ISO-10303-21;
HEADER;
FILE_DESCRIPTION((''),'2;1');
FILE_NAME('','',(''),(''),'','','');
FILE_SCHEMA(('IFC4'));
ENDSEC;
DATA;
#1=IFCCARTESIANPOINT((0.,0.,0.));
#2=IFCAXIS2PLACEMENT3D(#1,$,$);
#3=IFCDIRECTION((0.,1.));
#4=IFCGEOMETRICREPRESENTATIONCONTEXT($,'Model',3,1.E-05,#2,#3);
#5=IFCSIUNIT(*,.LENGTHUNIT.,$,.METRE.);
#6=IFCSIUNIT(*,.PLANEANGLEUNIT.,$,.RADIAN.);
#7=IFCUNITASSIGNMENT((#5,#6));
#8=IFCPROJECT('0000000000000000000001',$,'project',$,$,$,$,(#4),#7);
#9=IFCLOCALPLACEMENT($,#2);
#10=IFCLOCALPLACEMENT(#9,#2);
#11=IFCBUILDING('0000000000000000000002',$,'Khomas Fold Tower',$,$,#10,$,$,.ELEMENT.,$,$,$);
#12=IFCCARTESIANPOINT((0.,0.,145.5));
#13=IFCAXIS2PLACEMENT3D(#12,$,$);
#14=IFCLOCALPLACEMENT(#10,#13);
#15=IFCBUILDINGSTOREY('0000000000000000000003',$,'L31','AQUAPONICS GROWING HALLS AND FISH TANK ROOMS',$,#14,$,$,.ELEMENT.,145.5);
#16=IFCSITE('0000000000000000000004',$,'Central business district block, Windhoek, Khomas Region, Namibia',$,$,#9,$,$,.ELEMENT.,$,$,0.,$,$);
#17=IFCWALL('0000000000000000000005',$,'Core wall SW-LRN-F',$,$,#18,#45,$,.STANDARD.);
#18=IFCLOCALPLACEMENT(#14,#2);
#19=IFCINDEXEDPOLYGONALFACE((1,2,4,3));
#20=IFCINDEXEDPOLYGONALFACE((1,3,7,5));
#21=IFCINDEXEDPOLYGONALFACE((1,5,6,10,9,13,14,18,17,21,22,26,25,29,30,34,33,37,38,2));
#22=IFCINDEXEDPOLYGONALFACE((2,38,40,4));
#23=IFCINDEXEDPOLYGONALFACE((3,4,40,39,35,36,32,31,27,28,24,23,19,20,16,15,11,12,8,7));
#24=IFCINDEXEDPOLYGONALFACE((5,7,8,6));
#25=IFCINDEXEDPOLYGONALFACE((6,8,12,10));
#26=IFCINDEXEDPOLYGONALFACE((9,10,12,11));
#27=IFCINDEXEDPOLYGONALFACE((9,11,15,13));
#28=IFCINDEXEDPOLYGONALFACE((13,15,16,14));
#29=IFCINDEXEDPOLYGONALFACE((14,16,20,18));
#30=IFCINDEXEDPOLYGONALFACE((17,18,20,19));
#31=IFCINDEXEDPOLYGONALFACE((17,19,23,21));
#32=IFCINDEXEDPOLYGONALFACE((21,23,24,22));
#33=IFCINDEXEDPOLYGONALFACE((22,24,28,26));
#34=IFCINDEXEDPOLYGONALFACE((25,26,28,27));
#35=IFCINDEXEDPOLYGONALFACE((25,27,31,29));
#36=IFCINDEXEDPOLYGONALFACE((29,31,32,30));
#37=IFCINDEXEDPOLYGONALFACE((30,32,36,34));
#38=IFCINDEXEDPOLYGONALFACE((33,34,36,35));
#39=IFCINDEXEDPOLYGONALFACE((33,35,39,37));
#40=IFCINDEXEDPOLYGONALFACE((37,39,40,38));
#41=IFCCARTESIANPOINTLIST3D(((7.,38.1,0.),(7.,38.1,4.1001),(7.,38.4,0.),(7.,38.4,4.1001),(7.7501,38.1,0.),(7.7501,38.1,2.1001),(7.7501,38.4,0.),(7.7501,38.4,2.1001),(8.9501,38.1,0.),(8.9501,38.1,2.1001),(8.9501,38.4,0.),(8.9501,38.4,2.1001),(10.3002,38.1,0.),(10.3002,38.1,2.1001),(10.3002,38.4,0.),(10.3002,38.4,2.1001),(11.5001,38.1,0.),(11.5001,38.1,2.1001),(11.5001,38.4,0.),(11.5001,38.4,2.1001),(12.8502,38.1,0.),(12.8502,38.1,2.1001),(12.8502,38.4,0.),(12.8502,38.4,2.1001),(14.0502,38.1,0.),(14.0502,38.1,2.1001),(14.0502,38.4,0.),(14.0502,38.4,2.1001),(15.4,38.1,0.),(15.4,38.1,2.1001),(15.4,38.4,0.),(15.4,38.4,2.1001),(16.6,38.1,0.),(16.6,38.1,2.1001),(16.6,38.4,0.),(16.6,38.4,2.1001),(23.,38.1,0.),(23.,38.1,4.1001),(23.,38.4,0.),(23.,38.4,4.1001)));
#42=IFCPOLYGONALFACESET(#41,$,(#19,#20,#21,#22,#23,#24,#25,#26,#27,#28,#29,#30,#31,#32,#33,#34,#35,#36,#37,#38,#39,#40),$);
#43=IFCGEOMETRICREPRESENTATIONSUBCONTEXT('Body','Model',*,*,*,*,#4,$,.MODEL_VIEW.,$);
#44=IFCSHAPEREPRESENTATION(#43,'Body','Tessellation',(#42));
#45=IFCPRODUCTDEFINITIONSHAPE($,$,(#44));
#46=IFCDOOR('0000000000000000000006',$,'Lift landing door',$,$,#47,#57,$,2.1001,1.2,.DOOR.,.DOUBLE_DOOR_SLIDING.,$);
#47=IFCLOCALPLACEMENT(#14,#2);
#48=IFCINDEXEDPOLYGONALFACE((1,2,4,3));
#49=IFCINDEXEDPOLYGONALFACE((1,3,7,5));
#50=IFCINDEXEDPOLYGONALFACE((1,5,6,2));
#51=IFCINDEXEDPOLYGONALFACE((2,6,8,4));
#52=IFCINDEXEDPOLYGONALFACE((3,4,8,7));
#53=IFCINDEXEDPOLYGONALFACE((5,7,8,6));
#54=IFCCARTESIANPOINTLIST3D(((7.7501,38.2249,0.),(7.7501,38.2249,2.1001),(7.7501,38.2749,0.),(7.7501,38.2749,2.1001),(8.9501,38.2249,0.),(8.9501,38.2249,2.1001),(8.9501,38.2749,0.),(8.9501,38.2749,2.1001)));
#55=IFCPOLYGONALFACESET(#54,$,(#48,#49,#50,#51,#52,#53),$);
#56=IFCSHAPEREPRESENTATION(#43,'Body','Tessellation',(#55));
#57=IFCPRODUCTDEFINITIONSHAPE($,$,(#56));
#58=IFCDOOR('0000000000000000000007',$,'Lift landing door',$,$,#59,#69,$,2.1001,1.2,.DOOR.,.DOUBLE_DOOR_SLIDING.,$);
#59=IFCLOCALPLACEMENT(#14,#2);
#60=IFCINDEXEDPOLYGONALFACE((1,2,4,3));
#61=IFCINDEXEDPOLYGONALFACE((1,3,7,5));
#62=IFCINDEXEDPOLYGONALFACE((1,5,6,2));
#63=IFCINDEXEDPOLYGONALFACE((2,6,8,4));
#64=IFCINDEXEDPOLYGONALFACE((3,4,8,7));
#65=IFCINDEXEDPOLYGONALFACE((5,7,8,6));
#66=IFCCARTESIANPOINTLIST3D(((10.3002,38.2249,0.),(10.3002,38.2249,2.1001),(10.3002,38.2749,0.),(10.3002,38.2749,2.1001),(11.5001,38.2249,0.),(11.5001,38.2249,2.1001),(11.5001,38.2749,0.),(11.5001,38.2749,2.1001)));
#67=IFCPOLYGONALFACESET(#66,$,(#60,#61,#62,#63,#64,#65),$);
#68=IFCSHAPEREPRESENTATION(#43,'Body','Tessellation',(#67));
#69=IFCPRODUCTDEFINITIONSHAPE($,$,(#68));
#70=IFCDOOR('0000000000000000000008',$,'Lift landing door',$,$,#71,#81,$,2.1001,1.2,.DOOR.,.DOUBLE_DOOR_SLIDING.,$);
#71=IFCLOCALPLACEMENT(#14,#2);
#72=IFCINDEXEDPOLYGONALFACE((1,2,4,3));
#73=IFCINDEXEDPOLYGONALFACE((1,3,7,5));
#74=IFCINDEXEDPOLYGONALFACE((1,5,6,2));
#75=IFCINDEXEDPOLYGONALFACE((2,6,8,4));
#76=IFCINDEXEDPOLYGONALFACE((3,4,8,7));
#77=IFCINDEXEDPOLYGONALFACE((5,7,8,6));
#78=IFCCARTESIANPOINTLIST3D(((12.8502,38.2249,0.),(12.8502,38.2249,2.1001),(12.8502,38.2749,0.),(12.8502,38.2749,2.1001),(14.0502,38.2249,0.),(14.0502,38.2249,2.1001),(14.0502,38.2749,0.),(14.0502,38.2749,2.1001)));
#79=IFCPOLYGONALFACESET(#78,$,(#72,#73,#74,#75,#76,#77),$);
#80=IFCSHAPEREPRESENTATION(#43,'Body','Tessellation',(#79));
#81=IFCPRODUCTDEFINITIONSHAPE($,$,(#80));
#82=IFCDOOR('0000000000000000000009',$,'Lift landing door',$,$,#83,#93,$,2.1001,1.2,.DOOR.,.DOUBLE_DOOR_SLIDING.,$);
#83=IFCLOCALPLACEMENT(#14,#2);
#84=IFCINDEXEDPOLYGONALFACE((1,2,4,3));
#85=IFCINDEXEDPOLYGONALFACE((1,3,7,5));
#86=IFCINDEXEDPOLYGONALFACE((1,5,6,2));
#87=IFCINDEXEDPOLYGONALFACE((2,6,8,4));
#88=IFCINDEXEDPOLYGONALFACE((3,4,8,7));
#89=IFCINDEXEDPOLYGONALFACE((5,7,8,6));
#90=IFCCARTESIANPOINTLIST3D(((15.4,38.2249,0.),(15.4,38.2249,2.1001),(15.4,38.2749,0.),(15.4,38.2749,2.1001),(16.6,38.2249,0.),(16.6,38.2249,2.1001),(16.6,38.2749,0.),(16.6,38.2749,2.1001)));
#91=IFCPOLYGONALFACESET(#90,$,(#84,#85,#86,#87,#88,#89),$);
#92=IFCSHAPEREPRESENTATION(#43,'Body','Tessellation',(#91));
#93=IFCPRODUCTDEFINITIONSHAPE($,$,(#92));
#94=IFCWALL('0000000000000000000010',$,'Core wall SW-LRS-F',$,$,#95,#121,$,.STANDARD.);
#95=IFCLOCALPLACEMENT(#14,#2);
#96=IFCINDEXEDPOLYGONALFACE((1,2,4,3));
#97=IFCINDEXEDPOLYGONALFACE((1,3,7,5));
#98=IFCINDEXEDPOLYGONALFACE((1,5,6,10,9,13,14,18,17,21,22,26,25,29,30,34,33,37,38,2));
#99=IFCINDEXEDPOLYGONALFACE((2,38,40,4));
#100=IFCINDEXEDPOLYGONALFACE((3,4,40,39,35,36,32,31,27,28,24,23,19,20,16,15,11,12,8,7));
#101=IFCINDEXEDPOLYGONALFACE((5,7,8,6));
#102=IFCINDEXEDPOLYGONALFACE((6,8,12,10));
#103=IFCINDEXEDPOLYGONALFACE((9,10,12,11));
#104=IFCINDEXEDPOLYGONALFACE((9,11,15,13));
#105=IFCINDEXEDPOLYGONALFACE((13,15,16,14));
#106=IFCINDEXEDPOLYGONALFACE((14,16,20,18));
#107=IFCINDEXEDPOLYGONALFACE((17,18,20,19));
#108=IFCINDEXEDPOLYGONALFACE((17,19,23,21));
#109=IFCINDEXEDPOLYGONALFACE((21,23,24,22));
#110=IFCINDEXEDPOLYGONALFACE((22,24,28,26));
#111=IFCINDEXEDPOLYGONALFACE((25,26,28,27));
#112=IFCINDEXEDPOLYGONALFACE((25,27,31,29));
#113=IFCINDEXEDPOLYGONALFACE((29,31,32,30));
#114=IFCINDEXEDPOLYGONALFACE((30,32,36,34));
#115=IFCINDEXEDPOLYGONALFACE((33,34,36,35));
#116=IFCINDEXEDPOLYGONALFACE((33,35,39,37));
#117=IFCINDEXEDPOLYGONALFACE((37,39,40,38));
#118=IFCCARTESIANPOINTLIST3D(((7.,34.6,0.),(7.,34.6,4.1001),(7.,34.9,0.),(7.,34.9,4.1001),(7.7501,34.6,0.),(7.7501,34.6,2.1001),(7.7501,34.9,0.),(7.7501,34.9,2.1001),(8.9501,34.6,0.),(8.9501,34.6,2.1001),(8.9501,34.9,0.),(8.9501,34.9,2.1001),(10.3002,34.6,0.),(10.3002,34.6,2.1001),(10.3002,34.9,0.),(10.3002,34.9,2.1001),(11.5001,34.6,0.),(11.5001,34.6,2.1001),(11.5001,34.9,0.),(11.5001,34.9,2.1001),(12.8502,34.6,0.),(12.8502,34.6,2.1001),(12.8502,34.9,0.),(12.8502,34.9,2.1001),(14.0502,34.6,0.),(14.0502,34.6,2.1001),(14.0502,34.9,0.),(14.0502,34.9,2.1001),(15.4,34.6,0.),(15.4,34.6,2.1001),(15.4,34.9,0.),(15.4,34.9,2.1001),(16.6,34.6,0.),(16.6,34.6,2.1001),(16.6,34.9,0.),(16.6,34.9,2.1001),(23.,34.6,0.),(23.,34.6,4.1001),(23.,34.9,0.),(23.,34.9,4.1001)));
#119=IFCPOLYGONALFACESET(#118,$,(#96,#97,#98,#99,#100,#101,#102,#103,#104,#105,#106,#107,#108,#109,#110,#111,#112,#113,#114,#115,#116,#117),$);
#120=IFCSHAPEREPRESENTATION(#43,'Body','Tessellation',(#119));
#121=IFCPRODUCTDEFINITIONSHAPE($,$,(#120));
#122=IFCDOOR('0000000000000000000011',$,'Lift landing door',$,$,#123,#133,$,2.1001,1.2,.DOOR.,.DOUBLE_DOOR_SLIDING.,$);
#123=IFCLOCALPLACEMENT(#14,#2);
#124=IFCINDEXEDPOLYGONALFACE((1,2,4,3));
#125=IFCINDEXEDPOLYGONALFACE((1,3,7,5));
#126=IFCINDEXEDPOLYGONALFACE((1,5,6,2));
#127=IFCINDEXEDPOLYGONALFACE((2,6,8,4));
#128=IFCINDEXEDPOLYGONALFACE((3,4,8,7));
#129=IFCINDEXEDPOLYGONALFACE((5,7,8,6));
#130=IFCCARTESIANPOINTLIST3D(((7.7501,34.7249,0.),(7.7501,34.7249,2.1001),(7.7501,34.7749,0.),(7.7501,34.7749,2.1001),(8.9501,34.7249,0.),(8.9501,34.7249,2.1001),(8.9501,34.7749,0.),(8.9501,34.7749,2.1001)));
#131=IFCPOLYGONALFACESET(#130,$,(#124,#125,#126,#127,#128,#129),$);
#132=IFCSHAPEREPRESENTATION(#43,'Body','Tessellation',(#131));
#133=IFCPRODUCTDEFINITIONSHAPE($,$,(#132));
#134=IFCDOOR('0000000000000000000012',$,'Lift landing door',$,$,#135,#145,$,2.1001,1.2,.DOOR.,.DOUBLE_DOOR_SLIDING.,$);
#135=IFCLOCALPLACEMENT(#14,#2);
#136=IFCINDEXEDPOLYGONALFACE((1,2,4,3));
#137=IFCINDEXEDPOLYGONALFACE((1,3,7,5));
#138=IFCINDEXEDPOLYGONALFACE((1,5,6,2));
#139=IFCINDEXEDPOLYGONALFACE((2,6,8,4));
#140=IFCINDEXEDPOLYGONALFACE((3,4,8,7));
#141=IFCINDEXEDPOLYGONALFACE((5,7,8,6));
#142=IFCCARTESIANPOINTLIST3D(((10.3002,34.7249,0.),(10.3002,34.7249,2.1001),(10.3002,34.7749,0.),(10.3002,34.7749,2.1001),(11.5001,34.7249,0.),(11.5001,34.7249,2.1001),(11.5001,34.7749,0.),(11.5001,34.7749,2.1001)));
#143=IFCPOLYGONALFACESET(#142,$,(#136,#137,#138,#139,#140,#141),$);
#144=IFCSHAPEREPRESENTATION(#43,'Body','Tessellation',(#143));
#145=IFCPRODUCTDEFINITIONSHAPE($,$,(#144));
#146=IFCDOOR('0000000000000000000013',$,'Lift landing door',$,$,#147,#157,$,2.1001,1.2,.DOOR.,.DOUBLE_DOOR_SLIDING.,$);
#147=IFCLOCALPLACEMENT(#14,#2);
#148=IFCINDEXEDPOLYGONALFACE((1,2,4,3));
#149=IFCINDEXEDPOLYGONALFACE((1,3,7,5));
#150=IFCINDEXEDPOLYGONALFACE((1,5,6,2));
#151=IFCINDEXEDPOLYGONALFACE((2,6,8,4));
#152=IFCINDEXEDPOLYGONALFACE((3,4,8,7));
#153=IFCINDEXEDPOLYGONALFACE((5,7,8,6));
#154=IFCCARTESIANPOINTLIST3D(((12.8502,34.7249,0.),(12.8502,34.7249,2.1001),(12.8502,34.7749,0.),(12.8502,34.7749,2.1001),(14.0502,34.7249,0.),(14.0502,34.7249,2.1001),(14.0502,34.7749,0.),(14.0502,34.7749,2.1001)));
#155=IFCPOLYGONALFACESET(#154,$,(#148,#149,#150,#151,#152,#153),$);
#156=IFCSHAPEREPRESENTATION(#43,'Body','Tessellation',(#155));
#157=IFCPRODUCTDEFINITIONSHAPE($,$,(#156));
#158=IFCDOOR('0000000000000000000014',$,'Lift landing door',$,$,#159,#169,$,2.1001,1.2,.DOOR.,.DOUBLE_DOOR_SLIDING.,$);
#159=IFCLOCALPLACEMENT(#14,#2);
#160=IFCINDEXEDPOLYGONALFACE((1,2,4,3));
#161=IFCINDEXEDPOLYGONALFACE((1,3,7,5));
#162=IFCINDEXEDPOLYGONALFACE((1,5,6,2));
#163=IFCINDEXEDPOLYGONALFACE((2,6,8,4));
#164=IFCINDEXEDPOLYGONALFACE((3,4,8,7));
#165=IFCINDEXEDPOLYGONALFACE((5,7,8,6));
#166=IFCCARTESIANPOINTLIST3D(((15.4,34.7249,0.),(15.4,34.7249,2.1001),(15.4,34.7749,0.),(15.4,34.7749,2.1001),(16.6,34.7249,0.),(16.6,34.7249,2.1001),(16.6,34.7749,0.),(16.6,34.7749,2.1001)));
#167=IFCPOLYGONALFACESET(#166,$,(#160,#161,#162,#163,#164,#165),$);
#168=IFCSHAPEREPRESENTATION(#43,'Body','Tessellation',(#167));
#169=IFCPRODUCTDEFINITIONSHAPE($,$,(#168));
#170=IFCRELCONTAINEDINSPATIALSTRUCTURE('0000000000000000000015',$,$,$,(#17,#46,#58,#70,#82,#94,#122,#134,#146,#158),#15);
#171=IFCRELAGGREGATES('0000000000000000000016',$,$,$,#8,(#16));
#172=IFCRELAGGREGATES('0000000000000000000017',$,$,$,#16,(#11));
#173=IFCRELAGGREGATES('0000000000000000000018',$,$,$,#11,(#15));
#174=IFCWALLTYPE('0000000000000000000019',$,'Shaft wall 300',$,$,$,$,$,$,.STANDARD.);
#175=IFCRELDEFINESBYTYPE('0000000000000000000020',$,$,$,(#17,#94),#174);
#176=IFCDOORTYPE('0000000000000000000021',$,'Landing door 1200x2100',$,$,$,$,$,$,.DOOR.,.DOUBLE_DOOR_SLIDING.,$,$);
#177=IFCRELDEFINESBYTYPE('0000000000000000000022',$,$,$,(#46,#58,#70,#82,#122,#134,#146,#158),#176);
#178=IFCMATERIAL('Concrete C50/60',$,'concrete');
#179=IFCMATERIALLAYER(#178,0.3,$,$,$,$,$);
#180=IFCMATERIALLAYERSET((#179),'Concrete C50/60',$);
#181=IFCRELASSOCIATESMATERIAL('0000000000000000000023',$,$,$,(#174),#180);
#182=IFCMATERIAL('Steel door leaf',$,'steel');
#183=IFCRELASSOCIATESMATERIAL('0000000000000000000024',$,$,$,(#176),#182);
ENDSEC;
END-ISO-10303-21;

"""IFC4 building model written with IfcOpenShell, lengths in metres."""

from ifc_helpers import new_model, si_unit, direction, frame, frame_2d, origin, place, context, subcontext, project, spatial, rectangle, extrude, source, transform, mapped, material, layer, layer_set, type_object, element, fill, save


model = new_model("IFC4")

# Units and contexts
model_context = context("Model", 3, precision=1e-05, world=origin(), true_north=direction((0.0, 1.0)))
body_context = subcontext(model_context, "Body", "Model", "MODEL_VIEW")
ifc_project = project(units=[si_unit("LENGTHUNIT", "METRE"), si_unit("PLANEANGLEUNIT", "RADIAN")], contexts=[model_context])

# Site, building, storey
site_placement = place(None, origin())
site = spatial("IfcSite", under=ifc_project, at=site_placement, Name="Central business district block, Windhoek, Khomas Region, Namibia", CompositionType="ELEMENT", RefElevation=0.0)
building_placement = place(site_placement, origin())
building = spatial("IfcBuilding", under=site, at=building_placement, Name="Khomas Fold Tower", CompositionType="ELEMENT")
storey_placement = place(building_placement, frame((0.0, 0.0, 145.5)))
storey = spatial("IfcBuildingStorey", under=building, at=storey_placement, Name="L31", Description="AQUAPONICS GROWING HALLS AND FISH TANK ROOMS", CompositionType="ELEMENT", Elevation=145.5)

# Shared definitions
ifc_material_1 = material(Name="Concrete C50/60", Category="concrete")
ifc_layer_1 = layer(ifc_material_1, 0.3)
ifc_layer_set_1 = layer_set([ifc_layer_1], Name="Concrete C50/60")
wall_type_1 = type_object("IfcWallType", Name="Shaft wall 300", PredefinedType="STANDARD", material=ifc_layer_set_1)
shared_shape_1 = source(origin(), body_context, "Body", "SweptSolid", [
    extrude(rectangle(XDim=16.0, YDim=0.3, at=frame_2d((8.0, 0.0))), origin(), (0.0, 0.0, 1.0), 4.1001),
])

# Walls, openings, doors
wall_1_placement = place(storey_placement, frame((7.0, 38.25, 0.0), z_axis=(0.0, 0.0, 1.0), x_axis=(1.0, 0.0, 0.0)))
wall_1 = element("IfcWall", 1, at=wall_1_placement, inside=storey, type_object=wall_type_1, Name="Core wall SW-LRN-F", PredefinedType="STANDARD", context=body_context, shape_type="MappedRepresentation", body=[
    mapped(shared_shape_1, transform((0.0, 0.0, 0.0))),
])
shared_shape_2 = source(origin(), body_context, "Body", "SweptSolid", [
    extrude(rectangle(XDim=1.2, YDim=2.1001, at=frame_2d((0.6001, 1.05))), frame((0.0, 0.1599, 0.0), z_axis=(0.0, -1.0, 0.0), x_axis=(1.0, 0.0, 0.0)), (0.0, 0.0, 1.0), 0.3201),
])
opening_1_placement = place(wall_1_placement, frame((0.75, 0.0, 0.0)))
opening_1 = element("IfcOpeningElement", 2, at=opening_1_placement, cuts=wall_1, PredefinedType="OPENING", context=body_context, shape_type="MappedRepresentation", body=[
    mapped(shared_shape_2, transform((0.0, 0.0, 0.0))),
])
opening_2_placement = place(wall_1_placement, frame((3.3, 0.0, 0.0)))
opening_2 = element("IfcOpeningElement", 3, at=opening_2_placement, cuts=wall_1, PredefinedType="OPENING", context=body_context, shape_type="MappedRepresentation", body=[
    mapped(shared_shape_2, transform((0.0, 0.0, 0.0))),
])
opening_3_placement = place(wall_1_placement, frame((5.8501, 0.0, 0.0)))
opening_3 = element("IfcOpeningElement", 4, at=opening_3_placement, cuts=wall_1, PredefinedType="OPENING", context=body_context, shape_type="MappedRepresentation", body=[
    mapped(shared_shape_2, transform((0.0, 0.0, 0.0))),
])
opening_4_placement = place(wall_1_placement, frame((8.3999, 0.0, 0.0)))
opening_4 = element("IfcOpeningElement", 5, at=opening_4_placement, cuts=wall_1, PredefinedType="OPENING", context=body_context, shape_type="MappedRepresentation", body=[
    mapped(shared_shape_2, transform((0.0, 0.0, 0.0))),
])
ifc_material_2 = material(Name="Steel door leaf", Category="steel")
door_type = type_object("IfcDoorType", Name="Landing door 1200x2100", OperationType="DOUBLE_DOOR_SLIDING", PredefinedType="DOOR", material=ifc_material_2)
shared_shape_3 = source(origin(), body_context, "Body", "SweptSolid", [
    extrude(rectangle(XDim=1.2, YDim=2.1001, at=frame_2d((0.6001, 1.05))), frame((0.0, 0.0249, 0.0), z_axis=(0.0, -1.0, 0.0), x_axis=(1.0, 0.0, 0.0)), (0.0, 0.0, 1.0), 0.05),
])
door_1_placement = place(opening_1_placement, origin())
door_1 = element("IfcDoor", 6, at=door_1_placement, inside=storey, type_object=door_type, Name="Lift landing door", OperationType="DOUBLE_DOOR_SLIDING", OverallHeight=2.1001, OverallWidth=1.2, PredefinedType="DOOR", context=body_context, shape_type="MappedRepresentation", body=[
    mapped(shared_shape_3, transform((0.0, 0.0, 0.0))),
])
fill(opening_1, door_1)
door_2_placement = place(opening_2_placement, origin())
door_2 = element("IfcDoor", 7, at=door_2_placement, inside=storey, type_object=door_type, Name="Lift landing door", OperationType="DOUBLE_DOOR_SLIDING", OverallHeight=2.1001, OverallWidth=1.2, PredefinedType="DOOR", context=body_context, shape_type="MappedRepresentation", body=[
    mapped(shared_shape_3, transform((0.0, 0.0, 0.0))),
])
fill(opening_2, door_2)
door_3_placement = place(opening_3_placement, origin())
door_3 = element("IfcDoor", 8, at=door_3_placement, inside=storey, type_object=door_type, Name="Lift landing door", OperationType="DOUBLE_DOOR_SLIDING", OverallHeight=2.1001, OverallWidth=1.2, PredefinedType="DOOR", context=body_context, shape_type="MappedRepresentation", body=[
    mapped(shared_shape_3, transform((0.0, 0.0, 0.0))),
])
fill(opening_3, door_3)
door_4_placement = place(opening_4_placement, origin())
door_4 = element("IfcDoor", 9, at=door_4_placement, inside=storey, type_object=door_type, Name="Lift landing door", OperationType="DOUBLE_DOOR_SLIDING", OverallHeight=2.1001, OverallWidth=1.2, PredefinedType="DOOR", context=body_context, shape_type="MappedRepresentation", body=[
    mapped(shared_shape_3, transform((0.0, 0.0, 0.0))),
])
fill(opening_4, door_4)
wall_2_placement = place(storey_placement, frame((7.0, 34.75, 0.0), z_axis=(0.0, 0.0, 1.0), x_axis=(1.0, 0.0, 0.0)))
wall_2 = element("IfcWall", 10, at=wall_2_placement, inside=storey, type_object=wall_type_1, Name="Core wall SW-LRS-F", PredefinedType="STANDARD", context=body_context, shape_type="MappedRepresentation", body=[
    mapped(shared_shape_1, transform((0.0, 0.0, 0.0))),
])
opening_5_placement = place(wall_2_placement, frame((0.75, 0.0, 0.0)))
opening_5 = element("IfcOpeningElement", 11, at=opening_5_placement, cuts=wall_2, PredefinedType="OPENING", context=body_context, shape_type="MappedRepresentation", body=[
    mapped(shared_shape_2, transform((0.0, 0.0, 0.0))),
])
opening_6_placement = place(wall_2_placement, frame((3.3, 0.0, 0.0)))
opening_6 = element("IfcOpeningElement", 12, at=opening_6_placement, cuts=wall_2, PredefinedType="OPENING", context=body_context, shape_type="MappedRepresentation", body=[
    mapped(shared_shape_2, transform((0.0, 0.0, 0.0))),
])
opening_7_placement = place(wall_2_placement, frame((5.8501, 0.0, 0.0)))
opening_7 = element("IfcOpeningElement", 13, at=opening_7_placement, cuts=wall_2, PredefinedType="OPENING", context=body_context, shape_type="MappedRepresentation", body=[
    mapped(shared_shape_2, transform((0.0, 0.0, 0.0))),
])
opening_8_placement = place(wall_2_placement, frame((8.3999, 0.0, 0.0)))
opening_8 = element("IfcOpeningElement", 14, at=opening_8_placement, cuts=wall_2, PredefinedType="OPENING", context=body_context, shape_type="MappedRepresentation", body=[
    mapped(shared_shape_2, transform((0.0, 0.0, 0.0))),
])
door_5_placement = place(opening_5_placement, origin())
door_5 = element("IfcDoor", 15, at=door_5_placement, inside=storey, type_object=door_type, Name="Lift landing door", OperationType="DOUBLE_DOOR_SLIDING", OverallHeight=2.1001, OverallWidth=1.2, PredefinedType="DOOR", context=body_context, shape_type="MappedRepresentation", body=[
    mapped(shared_shape_3, transform((0.0, 0.0, 0.0))),
])
fill(opening_5, door_5)
door_6_placement = place(opening_6_placement, origin())
door_6 = element("IfcDoor", 16, at=door_6_placement, inside=storey, type_object=door_type, Name="Lift landing door", OperationType="DOUBLE_DOOR_SLIDING", OverallHeight=2.1001, OverallWidth=1.2, PredefinedType="DOOR", context=body_context, shape_type="MappedRepresentation", body=[
    mapped(shared_shape_3, transform((0.0, 0.0, 0.0))),
])
fill(opening_6, door_6)
door_7_placement = place(opening_7_placement, origin())
door_7 = element("IfcDoor", 17, at=door_7_placement, inside=storey, type_object=door_type, Name="Lift landing door", OperationType="DOUBLE_DOOR_SLIDING", OverallHeight=2.1001, OverallWidth=1.2, PredefinedType="DOOR", context=body_context, shape_type="MappedRepresentation", body=[
    mapped(shared_shape_3, transform((0.0, 0.0, 0.0))),
])
fill(opening_7, door_7)
door_8_placement = place(opening_8_placement, origin())
door_8 = element("IfcDoor", 18, at=door_8_placement, inside=storey, type_object=door_type, Name="Lift landing door", OperationType="DOUBLE_DOOR_SLIDING", OverallHeight=2.1001, OverallWidth=1.2, PredefinedType="DOOR", context=body_context, shape_type="MappedRepresentation", body=[
    mapped(shared_shape_3, transform((0.0, 0.0, 0.0))),
])
fill(opening_8, door_8)

save(model, "model.ifc")
